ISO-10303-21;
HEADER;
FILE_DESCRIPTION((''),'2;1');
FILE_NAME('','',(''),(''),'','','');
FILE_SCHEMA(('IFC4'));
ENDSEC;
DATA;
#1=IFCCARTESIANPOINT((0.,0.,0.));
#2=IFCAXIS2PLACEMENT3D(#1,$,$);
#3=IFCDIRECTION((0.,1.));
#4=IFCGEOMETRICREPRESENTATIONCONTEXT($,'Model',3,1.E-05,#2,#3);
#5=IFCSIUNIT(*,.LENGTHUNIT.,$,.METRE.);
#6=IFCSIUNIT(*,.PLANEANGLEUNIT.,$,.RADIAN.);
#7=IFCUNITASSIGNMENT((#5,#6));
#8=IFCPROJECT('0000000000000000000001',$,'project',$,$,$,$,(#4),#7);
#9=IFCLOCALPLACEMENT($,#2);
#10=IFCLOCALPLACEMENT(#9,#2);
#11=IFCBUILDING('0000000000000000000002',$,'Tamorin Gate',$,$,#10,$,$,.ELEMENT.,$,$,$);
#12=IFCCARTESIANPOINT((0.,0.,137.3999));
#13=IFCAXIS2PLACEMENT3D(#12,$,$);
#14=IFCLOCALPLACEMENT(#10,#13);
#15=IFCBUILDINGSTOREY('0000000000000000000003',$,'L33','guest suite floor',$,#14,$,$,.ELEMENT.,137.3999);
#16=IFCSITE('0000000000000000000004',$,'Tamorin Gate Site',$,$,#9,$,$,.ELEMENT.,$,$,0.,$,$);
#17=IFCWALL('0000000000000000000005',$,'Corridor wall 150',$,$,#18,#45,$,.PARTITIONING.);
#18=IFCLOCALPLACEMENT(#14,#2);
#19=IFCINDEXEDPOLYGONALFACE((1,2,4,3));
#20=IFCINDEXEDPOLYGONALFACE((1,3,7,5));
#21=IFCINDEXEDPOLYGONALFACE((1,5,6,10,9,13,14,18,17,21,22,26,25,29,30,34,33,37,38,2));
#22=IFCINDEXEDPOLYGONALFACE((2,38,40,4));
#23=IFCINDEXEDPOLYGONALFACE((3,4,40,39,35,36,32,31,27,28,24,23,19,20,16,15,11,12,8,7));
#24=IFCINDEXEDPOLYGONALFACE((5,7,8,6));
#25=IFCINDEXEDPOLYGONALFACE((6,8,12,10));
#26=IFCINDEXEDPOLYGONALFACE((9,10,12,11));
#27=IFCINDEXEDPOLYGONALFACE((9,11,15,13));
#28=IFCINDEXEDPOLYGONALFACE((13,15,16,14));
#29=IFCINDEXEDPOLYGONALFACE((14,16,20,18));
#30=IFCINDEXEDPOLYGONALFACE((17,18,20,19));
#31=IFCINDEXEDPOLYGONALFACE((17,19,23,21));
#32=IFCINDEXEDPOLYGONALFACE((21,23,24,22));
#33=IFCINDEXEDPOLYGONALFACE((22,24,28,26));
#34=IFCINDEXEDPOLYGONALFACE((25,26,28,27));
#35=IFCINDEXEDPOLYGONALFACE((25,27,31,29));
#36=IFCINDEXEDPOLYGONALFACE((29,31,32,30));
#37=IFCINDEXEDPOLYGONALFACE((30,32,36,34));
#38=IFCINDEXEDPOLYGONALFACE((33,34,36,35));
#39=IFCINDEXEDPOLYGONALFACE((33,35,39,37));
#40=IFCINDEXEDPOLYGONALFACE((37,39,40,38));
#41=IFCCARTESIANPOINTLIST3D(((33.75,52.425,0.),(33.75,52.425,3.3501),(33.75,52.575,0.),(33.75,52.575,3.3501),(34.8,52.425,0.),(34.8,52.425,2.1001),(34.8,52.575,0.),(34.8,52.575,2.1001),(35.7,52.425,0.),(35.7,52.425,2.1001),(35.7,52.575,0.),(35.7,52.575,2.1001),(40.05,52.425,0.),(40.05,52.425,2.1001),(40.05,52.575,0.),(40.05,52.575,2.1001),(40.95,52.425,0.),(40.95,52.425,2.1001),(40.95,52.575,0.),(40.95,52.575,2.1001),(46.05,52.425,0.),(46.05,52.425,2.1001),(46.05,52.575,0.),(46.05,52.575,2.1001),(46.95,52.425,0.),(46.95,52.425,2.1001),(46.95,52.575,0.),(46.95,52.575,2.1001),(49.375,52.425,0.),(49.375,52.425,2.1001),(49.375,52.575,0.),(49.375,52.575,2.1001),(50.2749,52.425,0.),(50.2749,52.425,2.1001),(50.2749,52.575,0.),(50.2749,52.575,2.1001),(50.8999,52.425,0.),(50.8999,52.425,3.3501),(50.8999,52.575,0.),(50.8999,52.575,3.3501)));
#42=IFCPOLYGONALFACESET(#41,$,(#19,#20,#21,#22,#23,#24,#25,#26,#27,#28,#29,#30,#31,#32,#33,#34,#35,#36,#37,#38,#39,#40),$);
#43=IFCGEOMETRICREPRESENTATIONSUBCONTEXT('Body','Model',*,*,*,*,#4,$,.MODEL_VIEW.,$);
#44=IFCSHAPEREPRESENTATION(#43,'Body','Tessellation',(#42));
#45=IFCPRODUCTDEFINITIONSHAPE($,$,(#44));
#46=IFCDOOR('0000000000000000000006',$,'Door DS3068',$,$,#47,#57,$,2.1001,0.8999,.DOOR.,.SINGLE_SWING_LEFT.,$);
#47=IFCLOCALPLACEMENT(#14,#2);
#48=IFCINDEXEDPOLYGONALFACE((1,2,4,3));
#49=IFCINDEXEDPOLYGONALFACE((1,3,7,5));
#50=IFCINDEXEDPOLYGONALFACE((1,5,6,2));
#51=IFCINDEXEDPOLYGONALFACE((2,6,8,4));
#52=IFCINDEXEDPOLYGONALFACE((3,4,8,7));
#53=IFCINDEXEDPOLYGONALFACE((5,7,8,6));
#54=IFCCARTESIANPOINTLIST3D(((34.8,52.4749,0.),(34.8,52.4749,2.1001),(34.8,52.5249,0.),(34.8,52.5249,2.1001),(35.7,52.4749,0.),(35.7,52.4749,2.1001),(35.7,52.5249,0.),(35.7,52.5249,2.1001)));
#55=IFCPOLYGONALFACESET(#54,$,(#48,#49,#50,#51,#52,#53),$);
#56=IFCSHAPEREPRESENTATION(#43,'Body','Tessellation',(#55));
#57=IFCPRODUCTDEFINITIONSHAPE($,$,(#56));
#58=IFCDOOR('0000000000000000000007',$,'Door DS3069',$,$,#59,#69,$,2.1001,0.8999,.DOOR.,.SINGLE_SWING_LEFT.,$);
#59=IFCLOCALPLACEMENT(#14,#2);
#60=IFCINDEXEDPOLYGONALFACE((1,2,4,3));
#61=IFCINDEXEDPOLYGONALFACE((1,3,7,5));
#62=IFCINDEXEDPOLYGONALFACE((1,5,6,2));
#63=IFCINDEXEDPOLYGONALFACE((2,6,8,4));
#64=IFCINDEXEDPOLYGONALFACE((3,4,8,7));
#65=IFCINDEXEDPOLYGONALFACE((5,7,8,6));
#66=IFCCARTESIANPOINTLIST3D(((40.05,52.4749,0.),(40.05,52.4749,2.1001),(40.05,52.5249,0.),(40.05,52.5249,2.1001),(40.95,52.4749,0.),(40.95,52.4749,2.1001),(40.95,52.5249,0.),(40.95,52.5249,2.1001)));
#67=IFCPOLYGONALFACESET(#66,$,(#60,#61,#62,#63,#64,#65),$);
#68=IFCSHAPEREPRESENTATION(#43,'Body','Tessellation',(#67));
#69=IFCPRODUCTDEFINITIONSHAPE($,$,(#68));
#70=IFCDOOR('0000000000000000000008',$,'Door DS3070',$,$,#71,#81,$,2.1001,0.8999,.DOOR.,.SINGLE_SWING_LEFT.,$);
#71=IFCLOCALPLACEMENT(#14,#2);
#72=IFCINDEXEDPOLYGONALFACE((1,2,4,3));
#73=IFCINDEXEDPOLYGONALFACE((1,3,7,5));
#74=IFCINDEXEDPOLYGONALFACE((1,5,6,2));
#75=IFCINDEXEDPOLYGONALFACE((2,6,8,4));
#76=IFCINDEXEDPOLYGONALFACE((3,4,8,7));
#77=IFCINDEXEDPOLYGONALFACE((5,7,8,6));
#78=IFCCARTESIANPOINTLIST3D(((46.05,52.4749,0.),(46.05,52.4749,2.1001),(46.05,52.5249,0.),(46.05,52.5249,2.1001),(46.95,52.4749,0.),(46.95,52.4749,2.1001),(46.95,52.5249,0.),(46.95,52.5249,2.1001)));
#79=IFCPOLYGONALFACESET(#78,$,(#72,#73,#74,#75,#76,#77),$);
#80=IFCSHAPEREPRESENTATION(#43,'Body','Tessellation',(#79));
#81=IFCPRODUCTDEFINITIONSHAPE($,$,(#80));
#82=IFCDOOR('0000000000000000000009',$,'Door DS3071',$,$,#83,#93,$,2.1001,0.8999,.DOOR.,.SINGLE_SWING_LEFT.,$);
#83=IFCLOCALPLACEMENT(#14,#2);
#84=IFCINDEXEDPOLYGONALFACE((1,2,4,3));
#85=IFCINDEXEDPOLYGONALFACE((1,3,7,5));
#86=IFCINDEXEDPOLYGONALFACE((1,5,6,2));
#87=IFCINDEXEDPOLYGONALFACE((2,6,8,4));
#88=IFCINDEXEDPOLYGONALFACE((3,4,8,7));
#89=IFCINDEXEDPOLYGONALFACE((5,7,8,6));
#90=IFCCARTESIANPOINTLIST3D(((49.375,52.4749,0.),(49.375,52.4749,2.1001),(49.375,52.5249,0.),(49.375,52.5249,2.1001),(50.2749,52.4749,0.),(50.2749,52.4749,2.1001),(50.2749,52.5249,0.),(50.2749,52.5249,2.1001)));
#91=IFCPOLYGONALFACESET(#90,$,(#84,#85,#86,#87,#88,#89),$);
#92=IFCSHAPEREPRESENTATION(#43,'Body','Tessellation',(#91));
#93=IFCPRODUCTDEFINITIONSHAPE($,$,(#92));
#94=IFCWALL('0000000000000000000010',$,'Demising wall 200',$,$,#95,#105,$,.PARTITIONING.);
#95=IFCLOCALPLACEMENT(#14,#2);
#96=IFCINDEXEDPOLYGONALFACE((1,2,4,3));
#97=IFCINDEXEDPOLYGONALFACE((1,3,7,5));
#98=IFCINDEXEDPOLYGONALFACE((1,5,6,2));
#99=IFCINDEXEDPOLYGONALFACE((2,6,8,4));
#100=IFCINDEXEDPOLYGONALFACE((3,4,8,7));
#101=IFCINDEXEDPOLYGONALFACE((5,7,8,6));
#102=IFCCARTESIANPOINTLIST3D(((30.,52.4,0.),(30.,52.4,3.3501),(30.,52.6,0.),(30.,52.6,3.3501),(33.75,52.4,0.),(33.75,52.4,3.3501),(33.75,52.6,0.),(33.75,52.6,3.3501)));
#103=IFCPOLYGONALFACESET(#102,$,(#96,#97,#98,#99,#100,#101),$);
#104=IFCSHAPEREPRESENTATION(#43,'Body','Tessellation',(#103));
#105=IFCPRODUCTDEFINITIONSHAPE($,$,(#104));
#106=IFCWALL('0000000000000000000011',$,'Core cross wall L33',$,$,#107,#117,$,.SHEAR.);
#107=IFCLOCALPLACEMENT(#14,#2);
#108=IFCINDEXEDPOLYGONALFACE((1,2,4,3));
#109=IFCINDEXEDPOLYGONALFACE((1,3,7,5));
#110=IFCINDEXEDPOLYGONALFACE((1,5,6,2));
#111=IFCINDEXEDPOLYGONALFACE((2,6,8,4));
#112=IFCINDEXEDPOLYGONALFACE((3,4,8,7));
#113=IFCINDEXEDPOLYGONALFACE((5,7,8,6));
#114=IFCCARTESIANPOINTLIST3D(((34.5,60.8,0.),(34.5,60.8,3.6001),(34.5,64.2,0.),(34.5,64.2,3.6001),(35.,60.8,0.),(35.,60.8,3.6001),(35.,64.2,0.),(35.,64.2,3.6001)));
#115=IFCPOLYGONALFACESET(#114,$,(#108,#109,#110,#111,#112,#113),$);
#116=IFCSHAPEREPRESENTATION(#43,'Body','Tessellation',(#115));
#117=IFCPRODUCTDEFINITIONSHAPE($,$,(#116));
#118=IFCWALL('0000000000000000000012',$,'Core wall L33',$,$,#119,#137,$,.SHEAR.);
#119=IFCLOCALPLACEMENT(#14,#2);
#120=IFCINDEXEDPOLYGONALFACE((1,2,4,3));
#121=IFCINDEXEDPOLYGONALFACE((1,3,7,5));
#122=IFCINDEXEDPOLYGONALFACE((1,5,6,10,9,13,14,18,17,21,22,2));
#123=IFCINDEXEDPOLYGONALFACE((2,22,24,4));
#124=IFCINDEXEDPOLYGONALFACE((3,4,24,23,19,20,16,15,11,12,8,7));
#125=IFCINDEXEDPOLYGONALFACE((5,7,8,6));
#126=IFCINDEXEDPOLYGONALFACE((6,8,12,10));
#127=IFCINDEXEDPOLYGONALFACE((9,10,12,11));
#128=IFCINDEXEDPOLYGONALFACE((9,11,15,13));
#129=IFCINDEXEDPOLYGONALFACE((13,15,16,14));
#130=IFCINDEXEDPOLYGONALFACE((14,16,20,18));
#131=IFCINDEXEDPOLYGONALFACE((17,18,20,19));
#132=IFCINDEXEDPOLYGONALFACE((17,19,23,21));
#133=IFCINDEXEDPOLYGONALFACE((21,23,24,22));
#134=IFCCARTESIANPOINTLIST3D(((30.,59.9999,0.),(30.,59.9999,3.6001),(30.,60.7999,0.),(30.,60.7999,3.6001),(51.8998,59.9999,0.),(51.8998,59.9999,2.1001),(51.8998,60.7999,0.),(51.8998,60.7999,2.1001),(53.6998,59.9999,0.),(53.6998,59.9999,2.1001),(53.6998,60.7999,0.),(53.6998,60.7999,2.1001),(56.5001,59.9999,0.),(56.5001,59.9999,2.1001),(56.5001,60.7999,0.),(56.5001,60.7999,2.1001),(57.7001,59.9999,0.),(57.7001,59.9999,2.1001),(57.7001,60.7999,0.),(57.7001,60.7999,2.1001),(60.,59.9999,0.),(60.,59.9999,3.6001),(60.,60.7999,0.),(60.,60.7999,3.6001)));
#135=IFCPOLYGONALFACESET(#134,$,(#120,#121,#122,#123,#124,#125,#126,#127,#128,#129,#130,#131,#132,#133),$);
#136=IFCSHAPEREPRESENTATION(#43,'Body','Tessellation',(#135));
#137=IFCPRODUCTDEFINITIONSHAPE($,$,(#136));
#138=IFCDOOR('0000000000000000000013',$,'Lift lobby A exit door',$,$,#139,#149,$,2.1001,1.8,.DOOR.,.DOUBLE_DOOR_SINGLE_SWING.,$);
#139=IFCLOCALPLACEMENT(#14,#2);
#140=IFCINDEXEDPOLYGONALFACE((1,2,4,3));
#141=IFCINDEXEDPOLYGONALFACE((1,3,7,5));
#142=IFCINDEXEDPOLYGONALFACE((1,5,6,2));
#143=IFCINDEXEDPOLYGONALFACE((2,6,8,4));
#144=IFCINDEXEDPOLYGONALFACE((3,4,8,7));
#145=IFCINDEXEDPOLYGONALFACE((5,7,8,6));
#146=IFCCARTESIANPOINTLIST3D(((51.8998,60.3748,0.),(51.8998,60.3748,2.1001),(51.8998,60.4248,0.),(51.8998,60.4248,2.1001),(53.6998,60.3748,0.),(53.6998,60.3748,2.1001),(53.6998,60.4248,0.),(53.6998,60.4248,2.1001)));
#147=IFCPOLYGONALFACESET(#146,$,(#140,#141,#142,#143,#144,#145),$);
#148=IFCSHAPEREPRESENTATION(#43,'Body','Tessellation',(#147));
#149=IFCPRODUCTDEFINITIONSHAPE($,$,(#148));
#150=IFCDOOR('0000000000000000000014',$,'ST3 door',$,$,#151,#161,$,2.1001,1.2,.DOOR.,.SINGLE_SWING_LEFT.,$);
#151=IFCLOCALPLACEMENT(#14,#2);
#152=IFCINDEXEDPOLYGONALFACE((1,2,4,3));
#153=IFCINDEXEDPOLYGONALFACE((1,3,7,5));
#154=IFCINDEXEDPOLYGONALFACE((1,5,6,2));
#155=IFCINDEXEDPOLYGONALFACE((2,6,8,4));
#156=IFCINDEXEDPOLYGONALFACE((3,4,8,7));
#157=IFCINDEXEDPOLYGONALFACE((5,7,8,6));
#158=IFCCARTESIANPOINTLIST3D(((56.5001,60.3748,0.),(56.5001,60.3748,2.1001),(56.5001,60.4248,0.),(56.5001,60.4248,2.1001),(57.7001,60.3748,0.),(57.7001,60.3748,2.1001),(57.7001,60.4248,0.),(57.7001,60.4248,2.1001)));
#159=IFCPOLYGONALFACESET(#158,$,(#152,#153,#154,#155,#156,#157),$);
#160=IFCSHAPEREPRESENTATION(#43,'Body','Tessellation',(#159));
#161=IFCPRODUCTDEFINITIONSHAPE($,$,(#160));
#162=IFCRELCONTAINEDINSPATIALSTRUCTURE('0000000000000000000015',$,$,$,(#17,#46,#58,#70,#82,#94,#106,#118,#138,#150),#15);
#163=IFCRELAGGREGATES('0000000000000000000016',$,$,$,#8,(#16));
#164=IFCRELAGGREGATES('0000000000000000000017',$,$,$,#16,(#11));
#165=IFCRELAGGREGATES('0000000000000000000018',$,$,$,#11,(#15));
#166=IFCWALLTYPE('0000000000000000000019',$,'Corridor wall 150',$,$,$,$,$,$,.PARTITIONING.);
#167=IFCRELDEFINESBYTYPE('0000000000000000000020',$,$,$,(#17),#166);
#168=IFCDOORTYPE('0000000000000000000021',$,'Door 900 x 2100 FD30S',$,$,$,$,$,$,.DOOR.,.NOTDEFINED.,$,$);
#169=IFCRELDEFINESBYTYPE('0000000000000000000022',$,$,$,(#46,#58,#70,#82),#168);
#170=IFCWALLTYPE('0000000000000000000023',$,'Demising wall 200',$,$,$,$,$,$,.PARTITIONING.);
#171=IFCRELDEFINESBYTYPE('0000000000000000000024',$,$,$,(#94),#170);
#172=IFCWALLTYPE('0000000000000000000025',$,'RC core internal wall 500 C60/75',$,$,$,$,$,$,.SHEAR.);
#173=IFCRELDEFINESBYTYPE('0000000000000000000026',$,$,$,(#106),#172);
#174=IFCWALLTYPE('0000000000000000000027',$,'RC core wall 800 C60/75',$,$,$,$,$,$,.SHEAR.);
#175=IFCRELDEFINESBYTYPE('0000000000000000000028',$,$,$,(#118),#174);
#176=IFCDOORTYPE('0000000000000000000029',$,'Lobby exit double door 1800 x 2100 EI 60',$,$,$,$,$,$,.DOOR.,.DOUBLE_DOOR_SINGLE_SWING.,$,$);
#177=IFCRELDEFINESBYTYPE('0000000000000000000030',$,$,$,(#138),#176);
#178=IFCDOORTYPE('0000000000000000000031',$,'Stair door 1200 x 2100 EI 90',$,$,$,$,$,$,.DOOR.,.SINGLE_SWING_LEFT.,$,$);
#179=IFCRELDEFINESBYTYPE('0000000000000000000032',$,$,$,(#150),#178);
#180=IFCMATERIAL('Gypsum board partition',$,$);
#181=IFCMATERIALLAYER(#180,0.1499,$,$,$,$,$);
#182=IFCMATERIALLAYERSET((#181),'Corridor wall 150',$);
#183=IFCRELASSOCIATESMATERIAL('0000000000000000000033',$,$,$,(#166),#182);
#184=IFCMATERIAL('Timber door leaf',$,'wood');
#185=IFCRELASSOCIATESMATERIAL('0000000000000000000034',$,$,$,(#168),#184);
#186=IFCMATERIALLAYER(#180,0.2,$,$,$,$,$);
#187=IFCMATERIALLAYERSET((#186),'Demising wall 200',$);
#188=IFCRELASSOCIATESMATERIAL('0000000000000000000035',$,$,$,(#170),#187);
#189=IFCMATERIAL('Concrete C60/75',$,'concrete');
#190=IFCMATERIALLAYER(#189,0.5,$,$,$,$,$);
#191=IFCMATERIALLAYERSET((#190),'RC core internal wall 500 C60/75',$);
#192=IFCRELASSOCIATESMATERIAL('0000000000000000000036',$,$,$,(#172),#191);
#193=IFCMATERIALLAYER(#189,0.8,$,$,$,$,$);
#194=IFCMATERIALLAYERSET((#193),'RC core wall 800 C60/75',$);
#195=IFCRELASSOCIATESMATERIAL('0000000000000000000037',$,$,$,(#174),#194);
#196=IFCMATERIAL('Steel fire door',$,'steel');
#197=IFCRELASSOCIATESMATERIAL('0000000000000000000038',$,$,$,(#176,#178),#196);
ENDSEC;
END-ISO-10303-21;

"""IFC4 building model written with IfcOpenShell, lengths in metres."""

from ifc_helpers import new_model, si_unit, direction, frame, frame_2d, origin, place, context, subcontext, project, spatial, rectangle, extrude, material, layer, layer_set, type_object, element, fill, save


model = new_model("IFC4")

# Units and contexts
model_context = context("Model", 3, precision=1e-05, world=origin(), true_north=direction((0.0, 1.0)))
body_context = subcontext(model_context, "Body", "Model", "MODEL_VIEW")
ifc_project = project(units=[si_unit("LENGTHUNIT", "METRE"), si_unit("PLANEANGLEUNIT", "RADIAN")], contexts=[model_context])

# Site, building, storey
site_placement = place(None, origin())
site = spatial("IfcSite", under=ifc_project, at=site_placement, Name="Tamorin Gate Site", CompositionType="ELEMENT", RefElevation=0.0)
building_placement = place(site_placement, origin())
building = spatial("IfcBuilding", under=site, at=building_placement, Name="Tamorin Gate", CompositionType="ELEMENT")
storey_placement = place(building_placement, frame((0.0, 0.0, 137.3999)))
storey = spatial("IfcBuildingStorey", under=building, at=storey_placement, Name="L33", Description="guest suite floor", CompositionType="ELEMENT", Elevation=137.3999)

# Wall, openings, doors
ifc_material_1 = material(Name="Gypsum board partition")
ifc_layer_1 = layer(ifc_material_1, 0.1499)
ifc_layer_set_1 = layer_set([ifc_layer_1], Name="Corridor wall 150")
wall_type_1 = type_object("IfcWallType", Name="Corridor wall 150", PredefinedType="PARTITIONING", material=ifc_layer_set_1)
wall_1_placement = place(storey_placement, frame((33.75, 52.5, 0.0), z_axis=(0.0, 0.0, 1.0), x_axis=(1.0, 0.0, 0.0)))
wall_1 = element("IfcWall", 1, at=wall_1_placement, inside=storey, type_object=wall_type_1, Name="Corridor wall 150", PredefinedType="PARTITIONING", context=body_context, shape_type="SweptSolid", body=[
    extrude(rectangle(XDim=17.1499, YDim=0.1499, at=frame_2d((8.575, 0.0))), origin(), (0.0, 0.0, 1.0), 3.3501),
])
opening_1_placement = place(wall_1_placement, frame((1.05, 0.0, 0.0)))
opening_1 = element("IfcOpeningElement", 2, at=opening_1_placement, cuts=wall_1, PredefinedType="OPENING", context=body_context, shape_type="SweptSolid", body=[
    extrude(rectangle(XDim=0.8999, YDim=2.1001, at=frame_2d((0.45, 1.05))), frame((0.0, 0.085, 0.0), z_axis=(0.0, -1.0, 0.0), x_axis=(1.0, 0.0, 0.0)), (0.0, 0.0, 1.0), 0.1699),
])
opening_2_placement = place(wall_1_placement, frame((6.3, 0.0, 0.0)))
opening_2 = element("IfcOpeningElement", 3, at=opening_2_placement, cuts=wall_1, PredefinedType="OPENING", context=body_context, shape_type="SweptSolid", body=[
    extrude(rectangle(XDim=0.8999, YDim=2.1001, at=frame_2d((0.45, 1.05))), frame((0.0, 0.085, 0.0), z_axis=(0.0, -1.0, 0.0), x_axis=(1.0, 0.0, 0.0)), (0.0, 0.0, 1.0), 0.1699),
])
opening_3_placement = place(wall_1_placement, frame((12.3, 0.0, 0.0)))
opening_3 = element("IfcOpeningElement", 4, at=opening_3_placement, cuts=wall_1, PredefinedType="OPENING", context=body_context, shape_type="SweptSolid", body=[
    extrude(rectangle(XDim=0.8999, YDim=2.1001, at=frame_2d((0.45, 1.05))), frame((0.0, 0.085, 0.0), z_axis=(0.0, -1.0, 0.0), x_axis=(1.0, 0.0, 0.0)), (0.0, 0.0, 1.0), 0.1699),
])
opening_4_placement = place(wall_1_placement, frame((15.625, 0.0, 0.0)))
opening_4 = element("IfcOpeningElement", 5, at=opening_4_placement, cuts=wall_1, PredefinedType="OPENING", context=body_context, shape_type="SweptSolid", body=[
    extrude(rectangle(XDim=0.8999, YDim=2.1001, at=frame_2d((0.45, 1.05))), frame((0.0, 0.085, 0.0), z_axis=(0.0, -1.0, 0.0), x_axis=(1.0, 0.0, 0.0)), (0.0, 0.0, 1.0), 0.1699),
])
ifc_material_2 = material(Name="Timber door leaf", Category="wood")
door_type_1 = type_object("IfcDoorType", Name="Door 900 x 2100 FD30S", OperationType="NOTDEFINED", PredefinedType="DOOR", material=ifc_material_2)
door_1_placement = place(opening_1_placement, origin())
door_1 = element("IfcDoor", 6, at=door_1_placement, inside=storey, type_object=door_type_1, Name="Door DS3068", OperationType="SINGLE_SWING_LEFT", OverallHeight=2.1001, OverallWidth=0.8999, PredefinedType="DOOR", context=body_context, shape_type="SweptSolid", body=[
    extrude(rectangle(XDim=0.8999, YDim=2.1001, at=frame_2d((0.45, 1.05))), frame((0.0, 0.0249, 0.0), z_axis=(0.0, -1.0, 0.0), x_axis=(1.0, 0.0, 0.0)), (0.0, 0.0, 1.0), 0.05),
])
fill(opening_1, door_1)
door_2_placement = place(opening_2_placement, origin())
door_2 = element("IfcDoor", 7, at=door_2_placement, inside=storey, type_object=door_type_1, Name="Door DS3069", OperationType="SINGLE_SWING_LEFT", OverallHeight=2.1001, OverallWidth=0.8999, PredefinedType="DOOR", context=body_context, shape_type="SweptSolid", body=[
    extrude(rectangle(XDim=0.8999, YDim=2.1001, at=frame_2d((0.45, 1.05))), frame((0.0, 0.0249, 0.0), z_axis=(0.0, -1.0, 0.0), x_axis=(1.0, 0.0, 0.0)), (0.0, 0.0, 1.0), 0.05),
])
fill(opening_2, door_2)
door_3_placement = place(opening_3_placement, origin())
door_3 = element("IfcDoor", 8, at=door_3_placement, inside=storey, type_object=door_type_1, Name="Door DS3070", OperationType="SINGLE_SWING_LEFT", OverallHeight=2.1001, OverallWidth=0.8999, PredefinedType="DOOR", context=body_context, shape_type="SweptSolid", body=[
    extrude(rectangle(XDim=0.8999, YDim=2.1001, at=frame_2d((0.45, 1.05))), frame((0.0, 0.0249, 0.0), z_axis=(0.0, -1.0, 0.0), x_axis=(1.0, 0.0, 0.0)), (0.0, 0.0, 1.0), 0.05),
])
fill(opening_3, door_3)
door_4_placement = place(opening_4_placement, origin())
door_4 = element("IfcDoor", 9, at=door_4_placement, inside=storey, type_object=door_type_1, Name="Door DS3071", OperationType="SINGLE_SWING_LEFT", OverallHeight=2.1001, OverallWidth=0.8999, PredefinedType="DOOR", context=body_context, shape_type="SweptSolid", body=[
    extrude(rectangle(XDim=0.8999, YDim=2.1001, at=frame_2d((0.45, 1.05))), frame((0.0, 0.0249, 0.0), z_axis=(0.0, -1.0, 0.0), x_axis=(1.0, 0.0, 0.0)), (0.0, 0.0, 1.0), 0.05),
])
fill(opening_4, door_4)

# Walls
ifc_layer_2 = layer(ifc_material_1, 0.2)
ifc_layer_set_2 = layer_set([ifc_layer_2], Name="Demising wall 200")
wall_type_2 = type_object("IfcWallType", Name="Demising wall 200", PredefinedType="PARTITIONING", material=ifc_layer_set_2)
wall_2_placement = place(storey_placement, frame((30.0, 52.5, 0.0), z_axis=(0.0, 0.0, 1.0), x_axis=(1.0, 0.0, 0.0)))
element("IfcWall", 10, at=wall_2_placement, inside=storey, type_object=wall_type_2, Name="Demising wall 200", PredefinedType="PARTITIONING", context=body_context, shape_type="SweptSolid", body=[
    extrude(rectangle(XDim=3.75, YDim=0.2, at=frame_2d((1.875, 0.0))), origin(), (0.0, 0.0, 1.0), 3.3501),
])
ifc_material_3 = material(Name="Concrete C60/75", Category="concrete")
ifc_layer_3 = layer(ifc_material_3, 0.5)
ifc_layer_set_3 = layer_set([ifc_layer_3], Name="RC core internal wall 500 C60/75")
wall_type_3 = type_object("IfcWallType", Name="RC core internal wall 500 C60/75", PredefinedType="SHEAR", material=ifc_layer_set_3)
wall_3_placement = place(storey_placement, frame((34.75, 60.8, 0.0), z_axis=(0.0, 0.0, 1.0), x_axis=(0.0, 1.0, 0.0)))
element("IfcWall", 11, at=wall_3_placement, inside=storey, type_object=wall_type_3, Name="Core cross wall L33", PredefinedType="SHEAR", context=body_context, shape_type="SweptSolid", body=[
    extrude(rectangle(XDim=3.3999, YDim=0.5, at=frame_2d((1.7, 0.0))), origin(), (0.0, 0.0, 1.0), 3.6001),
])

# Wall, openings, doors
ifc_layer_4 = layer(ifc_material_3, 0.8)
ifc_layer_set_4 = layer_set([ifc_layer_4], Name="RC core wall 800 C60/75")
wall_type_4 = type_object("IfcWallType", Name="RC core wall 800 C60/75", PredefinedType="SHEAR", material=ifc_layer_set_4)
wall_4_placement = place(storey_placement, frame((30.0, 60.3999, 0.0), z_axis=(0.0, 0.0, 1.0), x_axis=(1.0, 0.0, 0.0)))
wall_4 = element("IfcWall", 12, at=wall_4_placement, inside=storey, type_object=wall_type_4, Name="Core wall L33", PredefinedType="SHEAR", context=body_context, shape_type="SweptSolid", body=[
    extrude(rectangle(XDim=30.0, YDim=0.8, at=frame_2d((15.0, 0.0))), origin(), (0.0, 0.0, 1.0), 3.6001),
])
opening_5_placement = place(wall_4_placement, frame((21.8999, 0.0, 0.0)))
opening_5 = element("IfcOpeningElement", 13, at=opening_5_placement, cuts=wall_4, PredefinedType="OPENING", context=body_context, shape_type="SweptSolid", body=[
    extrude(rectangle(XDim=1.8, YDim=2.1001, at=frame_2d((0.8999, 1.05))), frame((0.0, 0.4099, 0.0), z_axis=(0.0, -1.0, 0.0), x_axis=(1.0, 0.0, 0.0)), (0.0, 0.0, 1.0), 0.8201),
])
opening_6_placement = place(wall_4_placement, frame((26.5, 0.0, 0.0)))
opening_6 = element("IfcOpeningElement", 14, at=opening_6_placement, cuts=wall_4, PredefinedType="OPENING", context=body_context, shape_type="SweptSolid", body=[
    extrude(rectangle(XDim=1.2, YDim=2.1001, at=frame_2d((0.6001, 1.05))), frame((0.0, 0.4099, 0.0), z_axis=(0.0, -1.0, 0.0), x_axis=(1.0, 0.0, 0.0)), (0.0, 0.0, 1.0), 0.8201),
])
ifc_material_4 = material(Name="Steel fire door", Category="steel")
door_type_2 = type_object("IfcDoorType", Name="Lobby exit double door 1800 x 2100 EI 60", OperationType="DOUBLE_DOOR_SINGLE_SWING", PredefinedType="DOOR", material=ifc_material_4)
door_5_placement = place(opening_5_placement, origin())
door_5 = element("IfcDoor", 15, at=door_5_placement, inside=storey, type_object=door_type_2, Name="Lift lobby A exit door", OperationType="DOUBLE_DOOR_SINGLE_SWING", OverallHeight=2.1001, OverallWidth=1.8, PredefinedType="DOOR", context=body_context, shape_type="SweptSolid", body=[
    extrude(rectangle(XDim=1.8, YDim=2.1001, at=frame_2d((0.8999, 1.05))), frame((0.0, 0.0249, 0.0), z_axis=(0.0, -1.0, 0.0), x_axis=(1.0, 0.0, 0.0)), (0.0, 0.0, 1.0), 0.05),
])
fill(opening_5, door_5)
door_type_3 = type_object("IfcDoorType", Name="Stair door 1200 x 2100 EI 90", OperationType="SINGLE_SWING_LEFT", PredefinedType="DOOR", material=ifc_material_4)
door_6_placement = place(opening_6_placement, origin())
door_6 = element("IfcDoor", 16, at=door_6_placement, inside=storey, type_object=door_type_3, Name="ST3 door", OperationType="SINGLE_SWING_LEFT", OverallHeight=2.1001, OverallWidth=1.2, PredefinedType="DOOR", context=body_context, shape_type="SweptSolid", body=[
    extrude(rectangle(XDim=1.2, YDim=2.1001, at=frame_2d((0.6001, 1.05))), frame((0.0, 0.0249, 0.0), z_axis=(0.0, -1.0, 0.0), x_axis=(1.0, 0.0, 0.0)), (0.0, 0.0, 1.0), 0.05),
])
fill(opening_6, door_6)

save(model, "model.ifc")
